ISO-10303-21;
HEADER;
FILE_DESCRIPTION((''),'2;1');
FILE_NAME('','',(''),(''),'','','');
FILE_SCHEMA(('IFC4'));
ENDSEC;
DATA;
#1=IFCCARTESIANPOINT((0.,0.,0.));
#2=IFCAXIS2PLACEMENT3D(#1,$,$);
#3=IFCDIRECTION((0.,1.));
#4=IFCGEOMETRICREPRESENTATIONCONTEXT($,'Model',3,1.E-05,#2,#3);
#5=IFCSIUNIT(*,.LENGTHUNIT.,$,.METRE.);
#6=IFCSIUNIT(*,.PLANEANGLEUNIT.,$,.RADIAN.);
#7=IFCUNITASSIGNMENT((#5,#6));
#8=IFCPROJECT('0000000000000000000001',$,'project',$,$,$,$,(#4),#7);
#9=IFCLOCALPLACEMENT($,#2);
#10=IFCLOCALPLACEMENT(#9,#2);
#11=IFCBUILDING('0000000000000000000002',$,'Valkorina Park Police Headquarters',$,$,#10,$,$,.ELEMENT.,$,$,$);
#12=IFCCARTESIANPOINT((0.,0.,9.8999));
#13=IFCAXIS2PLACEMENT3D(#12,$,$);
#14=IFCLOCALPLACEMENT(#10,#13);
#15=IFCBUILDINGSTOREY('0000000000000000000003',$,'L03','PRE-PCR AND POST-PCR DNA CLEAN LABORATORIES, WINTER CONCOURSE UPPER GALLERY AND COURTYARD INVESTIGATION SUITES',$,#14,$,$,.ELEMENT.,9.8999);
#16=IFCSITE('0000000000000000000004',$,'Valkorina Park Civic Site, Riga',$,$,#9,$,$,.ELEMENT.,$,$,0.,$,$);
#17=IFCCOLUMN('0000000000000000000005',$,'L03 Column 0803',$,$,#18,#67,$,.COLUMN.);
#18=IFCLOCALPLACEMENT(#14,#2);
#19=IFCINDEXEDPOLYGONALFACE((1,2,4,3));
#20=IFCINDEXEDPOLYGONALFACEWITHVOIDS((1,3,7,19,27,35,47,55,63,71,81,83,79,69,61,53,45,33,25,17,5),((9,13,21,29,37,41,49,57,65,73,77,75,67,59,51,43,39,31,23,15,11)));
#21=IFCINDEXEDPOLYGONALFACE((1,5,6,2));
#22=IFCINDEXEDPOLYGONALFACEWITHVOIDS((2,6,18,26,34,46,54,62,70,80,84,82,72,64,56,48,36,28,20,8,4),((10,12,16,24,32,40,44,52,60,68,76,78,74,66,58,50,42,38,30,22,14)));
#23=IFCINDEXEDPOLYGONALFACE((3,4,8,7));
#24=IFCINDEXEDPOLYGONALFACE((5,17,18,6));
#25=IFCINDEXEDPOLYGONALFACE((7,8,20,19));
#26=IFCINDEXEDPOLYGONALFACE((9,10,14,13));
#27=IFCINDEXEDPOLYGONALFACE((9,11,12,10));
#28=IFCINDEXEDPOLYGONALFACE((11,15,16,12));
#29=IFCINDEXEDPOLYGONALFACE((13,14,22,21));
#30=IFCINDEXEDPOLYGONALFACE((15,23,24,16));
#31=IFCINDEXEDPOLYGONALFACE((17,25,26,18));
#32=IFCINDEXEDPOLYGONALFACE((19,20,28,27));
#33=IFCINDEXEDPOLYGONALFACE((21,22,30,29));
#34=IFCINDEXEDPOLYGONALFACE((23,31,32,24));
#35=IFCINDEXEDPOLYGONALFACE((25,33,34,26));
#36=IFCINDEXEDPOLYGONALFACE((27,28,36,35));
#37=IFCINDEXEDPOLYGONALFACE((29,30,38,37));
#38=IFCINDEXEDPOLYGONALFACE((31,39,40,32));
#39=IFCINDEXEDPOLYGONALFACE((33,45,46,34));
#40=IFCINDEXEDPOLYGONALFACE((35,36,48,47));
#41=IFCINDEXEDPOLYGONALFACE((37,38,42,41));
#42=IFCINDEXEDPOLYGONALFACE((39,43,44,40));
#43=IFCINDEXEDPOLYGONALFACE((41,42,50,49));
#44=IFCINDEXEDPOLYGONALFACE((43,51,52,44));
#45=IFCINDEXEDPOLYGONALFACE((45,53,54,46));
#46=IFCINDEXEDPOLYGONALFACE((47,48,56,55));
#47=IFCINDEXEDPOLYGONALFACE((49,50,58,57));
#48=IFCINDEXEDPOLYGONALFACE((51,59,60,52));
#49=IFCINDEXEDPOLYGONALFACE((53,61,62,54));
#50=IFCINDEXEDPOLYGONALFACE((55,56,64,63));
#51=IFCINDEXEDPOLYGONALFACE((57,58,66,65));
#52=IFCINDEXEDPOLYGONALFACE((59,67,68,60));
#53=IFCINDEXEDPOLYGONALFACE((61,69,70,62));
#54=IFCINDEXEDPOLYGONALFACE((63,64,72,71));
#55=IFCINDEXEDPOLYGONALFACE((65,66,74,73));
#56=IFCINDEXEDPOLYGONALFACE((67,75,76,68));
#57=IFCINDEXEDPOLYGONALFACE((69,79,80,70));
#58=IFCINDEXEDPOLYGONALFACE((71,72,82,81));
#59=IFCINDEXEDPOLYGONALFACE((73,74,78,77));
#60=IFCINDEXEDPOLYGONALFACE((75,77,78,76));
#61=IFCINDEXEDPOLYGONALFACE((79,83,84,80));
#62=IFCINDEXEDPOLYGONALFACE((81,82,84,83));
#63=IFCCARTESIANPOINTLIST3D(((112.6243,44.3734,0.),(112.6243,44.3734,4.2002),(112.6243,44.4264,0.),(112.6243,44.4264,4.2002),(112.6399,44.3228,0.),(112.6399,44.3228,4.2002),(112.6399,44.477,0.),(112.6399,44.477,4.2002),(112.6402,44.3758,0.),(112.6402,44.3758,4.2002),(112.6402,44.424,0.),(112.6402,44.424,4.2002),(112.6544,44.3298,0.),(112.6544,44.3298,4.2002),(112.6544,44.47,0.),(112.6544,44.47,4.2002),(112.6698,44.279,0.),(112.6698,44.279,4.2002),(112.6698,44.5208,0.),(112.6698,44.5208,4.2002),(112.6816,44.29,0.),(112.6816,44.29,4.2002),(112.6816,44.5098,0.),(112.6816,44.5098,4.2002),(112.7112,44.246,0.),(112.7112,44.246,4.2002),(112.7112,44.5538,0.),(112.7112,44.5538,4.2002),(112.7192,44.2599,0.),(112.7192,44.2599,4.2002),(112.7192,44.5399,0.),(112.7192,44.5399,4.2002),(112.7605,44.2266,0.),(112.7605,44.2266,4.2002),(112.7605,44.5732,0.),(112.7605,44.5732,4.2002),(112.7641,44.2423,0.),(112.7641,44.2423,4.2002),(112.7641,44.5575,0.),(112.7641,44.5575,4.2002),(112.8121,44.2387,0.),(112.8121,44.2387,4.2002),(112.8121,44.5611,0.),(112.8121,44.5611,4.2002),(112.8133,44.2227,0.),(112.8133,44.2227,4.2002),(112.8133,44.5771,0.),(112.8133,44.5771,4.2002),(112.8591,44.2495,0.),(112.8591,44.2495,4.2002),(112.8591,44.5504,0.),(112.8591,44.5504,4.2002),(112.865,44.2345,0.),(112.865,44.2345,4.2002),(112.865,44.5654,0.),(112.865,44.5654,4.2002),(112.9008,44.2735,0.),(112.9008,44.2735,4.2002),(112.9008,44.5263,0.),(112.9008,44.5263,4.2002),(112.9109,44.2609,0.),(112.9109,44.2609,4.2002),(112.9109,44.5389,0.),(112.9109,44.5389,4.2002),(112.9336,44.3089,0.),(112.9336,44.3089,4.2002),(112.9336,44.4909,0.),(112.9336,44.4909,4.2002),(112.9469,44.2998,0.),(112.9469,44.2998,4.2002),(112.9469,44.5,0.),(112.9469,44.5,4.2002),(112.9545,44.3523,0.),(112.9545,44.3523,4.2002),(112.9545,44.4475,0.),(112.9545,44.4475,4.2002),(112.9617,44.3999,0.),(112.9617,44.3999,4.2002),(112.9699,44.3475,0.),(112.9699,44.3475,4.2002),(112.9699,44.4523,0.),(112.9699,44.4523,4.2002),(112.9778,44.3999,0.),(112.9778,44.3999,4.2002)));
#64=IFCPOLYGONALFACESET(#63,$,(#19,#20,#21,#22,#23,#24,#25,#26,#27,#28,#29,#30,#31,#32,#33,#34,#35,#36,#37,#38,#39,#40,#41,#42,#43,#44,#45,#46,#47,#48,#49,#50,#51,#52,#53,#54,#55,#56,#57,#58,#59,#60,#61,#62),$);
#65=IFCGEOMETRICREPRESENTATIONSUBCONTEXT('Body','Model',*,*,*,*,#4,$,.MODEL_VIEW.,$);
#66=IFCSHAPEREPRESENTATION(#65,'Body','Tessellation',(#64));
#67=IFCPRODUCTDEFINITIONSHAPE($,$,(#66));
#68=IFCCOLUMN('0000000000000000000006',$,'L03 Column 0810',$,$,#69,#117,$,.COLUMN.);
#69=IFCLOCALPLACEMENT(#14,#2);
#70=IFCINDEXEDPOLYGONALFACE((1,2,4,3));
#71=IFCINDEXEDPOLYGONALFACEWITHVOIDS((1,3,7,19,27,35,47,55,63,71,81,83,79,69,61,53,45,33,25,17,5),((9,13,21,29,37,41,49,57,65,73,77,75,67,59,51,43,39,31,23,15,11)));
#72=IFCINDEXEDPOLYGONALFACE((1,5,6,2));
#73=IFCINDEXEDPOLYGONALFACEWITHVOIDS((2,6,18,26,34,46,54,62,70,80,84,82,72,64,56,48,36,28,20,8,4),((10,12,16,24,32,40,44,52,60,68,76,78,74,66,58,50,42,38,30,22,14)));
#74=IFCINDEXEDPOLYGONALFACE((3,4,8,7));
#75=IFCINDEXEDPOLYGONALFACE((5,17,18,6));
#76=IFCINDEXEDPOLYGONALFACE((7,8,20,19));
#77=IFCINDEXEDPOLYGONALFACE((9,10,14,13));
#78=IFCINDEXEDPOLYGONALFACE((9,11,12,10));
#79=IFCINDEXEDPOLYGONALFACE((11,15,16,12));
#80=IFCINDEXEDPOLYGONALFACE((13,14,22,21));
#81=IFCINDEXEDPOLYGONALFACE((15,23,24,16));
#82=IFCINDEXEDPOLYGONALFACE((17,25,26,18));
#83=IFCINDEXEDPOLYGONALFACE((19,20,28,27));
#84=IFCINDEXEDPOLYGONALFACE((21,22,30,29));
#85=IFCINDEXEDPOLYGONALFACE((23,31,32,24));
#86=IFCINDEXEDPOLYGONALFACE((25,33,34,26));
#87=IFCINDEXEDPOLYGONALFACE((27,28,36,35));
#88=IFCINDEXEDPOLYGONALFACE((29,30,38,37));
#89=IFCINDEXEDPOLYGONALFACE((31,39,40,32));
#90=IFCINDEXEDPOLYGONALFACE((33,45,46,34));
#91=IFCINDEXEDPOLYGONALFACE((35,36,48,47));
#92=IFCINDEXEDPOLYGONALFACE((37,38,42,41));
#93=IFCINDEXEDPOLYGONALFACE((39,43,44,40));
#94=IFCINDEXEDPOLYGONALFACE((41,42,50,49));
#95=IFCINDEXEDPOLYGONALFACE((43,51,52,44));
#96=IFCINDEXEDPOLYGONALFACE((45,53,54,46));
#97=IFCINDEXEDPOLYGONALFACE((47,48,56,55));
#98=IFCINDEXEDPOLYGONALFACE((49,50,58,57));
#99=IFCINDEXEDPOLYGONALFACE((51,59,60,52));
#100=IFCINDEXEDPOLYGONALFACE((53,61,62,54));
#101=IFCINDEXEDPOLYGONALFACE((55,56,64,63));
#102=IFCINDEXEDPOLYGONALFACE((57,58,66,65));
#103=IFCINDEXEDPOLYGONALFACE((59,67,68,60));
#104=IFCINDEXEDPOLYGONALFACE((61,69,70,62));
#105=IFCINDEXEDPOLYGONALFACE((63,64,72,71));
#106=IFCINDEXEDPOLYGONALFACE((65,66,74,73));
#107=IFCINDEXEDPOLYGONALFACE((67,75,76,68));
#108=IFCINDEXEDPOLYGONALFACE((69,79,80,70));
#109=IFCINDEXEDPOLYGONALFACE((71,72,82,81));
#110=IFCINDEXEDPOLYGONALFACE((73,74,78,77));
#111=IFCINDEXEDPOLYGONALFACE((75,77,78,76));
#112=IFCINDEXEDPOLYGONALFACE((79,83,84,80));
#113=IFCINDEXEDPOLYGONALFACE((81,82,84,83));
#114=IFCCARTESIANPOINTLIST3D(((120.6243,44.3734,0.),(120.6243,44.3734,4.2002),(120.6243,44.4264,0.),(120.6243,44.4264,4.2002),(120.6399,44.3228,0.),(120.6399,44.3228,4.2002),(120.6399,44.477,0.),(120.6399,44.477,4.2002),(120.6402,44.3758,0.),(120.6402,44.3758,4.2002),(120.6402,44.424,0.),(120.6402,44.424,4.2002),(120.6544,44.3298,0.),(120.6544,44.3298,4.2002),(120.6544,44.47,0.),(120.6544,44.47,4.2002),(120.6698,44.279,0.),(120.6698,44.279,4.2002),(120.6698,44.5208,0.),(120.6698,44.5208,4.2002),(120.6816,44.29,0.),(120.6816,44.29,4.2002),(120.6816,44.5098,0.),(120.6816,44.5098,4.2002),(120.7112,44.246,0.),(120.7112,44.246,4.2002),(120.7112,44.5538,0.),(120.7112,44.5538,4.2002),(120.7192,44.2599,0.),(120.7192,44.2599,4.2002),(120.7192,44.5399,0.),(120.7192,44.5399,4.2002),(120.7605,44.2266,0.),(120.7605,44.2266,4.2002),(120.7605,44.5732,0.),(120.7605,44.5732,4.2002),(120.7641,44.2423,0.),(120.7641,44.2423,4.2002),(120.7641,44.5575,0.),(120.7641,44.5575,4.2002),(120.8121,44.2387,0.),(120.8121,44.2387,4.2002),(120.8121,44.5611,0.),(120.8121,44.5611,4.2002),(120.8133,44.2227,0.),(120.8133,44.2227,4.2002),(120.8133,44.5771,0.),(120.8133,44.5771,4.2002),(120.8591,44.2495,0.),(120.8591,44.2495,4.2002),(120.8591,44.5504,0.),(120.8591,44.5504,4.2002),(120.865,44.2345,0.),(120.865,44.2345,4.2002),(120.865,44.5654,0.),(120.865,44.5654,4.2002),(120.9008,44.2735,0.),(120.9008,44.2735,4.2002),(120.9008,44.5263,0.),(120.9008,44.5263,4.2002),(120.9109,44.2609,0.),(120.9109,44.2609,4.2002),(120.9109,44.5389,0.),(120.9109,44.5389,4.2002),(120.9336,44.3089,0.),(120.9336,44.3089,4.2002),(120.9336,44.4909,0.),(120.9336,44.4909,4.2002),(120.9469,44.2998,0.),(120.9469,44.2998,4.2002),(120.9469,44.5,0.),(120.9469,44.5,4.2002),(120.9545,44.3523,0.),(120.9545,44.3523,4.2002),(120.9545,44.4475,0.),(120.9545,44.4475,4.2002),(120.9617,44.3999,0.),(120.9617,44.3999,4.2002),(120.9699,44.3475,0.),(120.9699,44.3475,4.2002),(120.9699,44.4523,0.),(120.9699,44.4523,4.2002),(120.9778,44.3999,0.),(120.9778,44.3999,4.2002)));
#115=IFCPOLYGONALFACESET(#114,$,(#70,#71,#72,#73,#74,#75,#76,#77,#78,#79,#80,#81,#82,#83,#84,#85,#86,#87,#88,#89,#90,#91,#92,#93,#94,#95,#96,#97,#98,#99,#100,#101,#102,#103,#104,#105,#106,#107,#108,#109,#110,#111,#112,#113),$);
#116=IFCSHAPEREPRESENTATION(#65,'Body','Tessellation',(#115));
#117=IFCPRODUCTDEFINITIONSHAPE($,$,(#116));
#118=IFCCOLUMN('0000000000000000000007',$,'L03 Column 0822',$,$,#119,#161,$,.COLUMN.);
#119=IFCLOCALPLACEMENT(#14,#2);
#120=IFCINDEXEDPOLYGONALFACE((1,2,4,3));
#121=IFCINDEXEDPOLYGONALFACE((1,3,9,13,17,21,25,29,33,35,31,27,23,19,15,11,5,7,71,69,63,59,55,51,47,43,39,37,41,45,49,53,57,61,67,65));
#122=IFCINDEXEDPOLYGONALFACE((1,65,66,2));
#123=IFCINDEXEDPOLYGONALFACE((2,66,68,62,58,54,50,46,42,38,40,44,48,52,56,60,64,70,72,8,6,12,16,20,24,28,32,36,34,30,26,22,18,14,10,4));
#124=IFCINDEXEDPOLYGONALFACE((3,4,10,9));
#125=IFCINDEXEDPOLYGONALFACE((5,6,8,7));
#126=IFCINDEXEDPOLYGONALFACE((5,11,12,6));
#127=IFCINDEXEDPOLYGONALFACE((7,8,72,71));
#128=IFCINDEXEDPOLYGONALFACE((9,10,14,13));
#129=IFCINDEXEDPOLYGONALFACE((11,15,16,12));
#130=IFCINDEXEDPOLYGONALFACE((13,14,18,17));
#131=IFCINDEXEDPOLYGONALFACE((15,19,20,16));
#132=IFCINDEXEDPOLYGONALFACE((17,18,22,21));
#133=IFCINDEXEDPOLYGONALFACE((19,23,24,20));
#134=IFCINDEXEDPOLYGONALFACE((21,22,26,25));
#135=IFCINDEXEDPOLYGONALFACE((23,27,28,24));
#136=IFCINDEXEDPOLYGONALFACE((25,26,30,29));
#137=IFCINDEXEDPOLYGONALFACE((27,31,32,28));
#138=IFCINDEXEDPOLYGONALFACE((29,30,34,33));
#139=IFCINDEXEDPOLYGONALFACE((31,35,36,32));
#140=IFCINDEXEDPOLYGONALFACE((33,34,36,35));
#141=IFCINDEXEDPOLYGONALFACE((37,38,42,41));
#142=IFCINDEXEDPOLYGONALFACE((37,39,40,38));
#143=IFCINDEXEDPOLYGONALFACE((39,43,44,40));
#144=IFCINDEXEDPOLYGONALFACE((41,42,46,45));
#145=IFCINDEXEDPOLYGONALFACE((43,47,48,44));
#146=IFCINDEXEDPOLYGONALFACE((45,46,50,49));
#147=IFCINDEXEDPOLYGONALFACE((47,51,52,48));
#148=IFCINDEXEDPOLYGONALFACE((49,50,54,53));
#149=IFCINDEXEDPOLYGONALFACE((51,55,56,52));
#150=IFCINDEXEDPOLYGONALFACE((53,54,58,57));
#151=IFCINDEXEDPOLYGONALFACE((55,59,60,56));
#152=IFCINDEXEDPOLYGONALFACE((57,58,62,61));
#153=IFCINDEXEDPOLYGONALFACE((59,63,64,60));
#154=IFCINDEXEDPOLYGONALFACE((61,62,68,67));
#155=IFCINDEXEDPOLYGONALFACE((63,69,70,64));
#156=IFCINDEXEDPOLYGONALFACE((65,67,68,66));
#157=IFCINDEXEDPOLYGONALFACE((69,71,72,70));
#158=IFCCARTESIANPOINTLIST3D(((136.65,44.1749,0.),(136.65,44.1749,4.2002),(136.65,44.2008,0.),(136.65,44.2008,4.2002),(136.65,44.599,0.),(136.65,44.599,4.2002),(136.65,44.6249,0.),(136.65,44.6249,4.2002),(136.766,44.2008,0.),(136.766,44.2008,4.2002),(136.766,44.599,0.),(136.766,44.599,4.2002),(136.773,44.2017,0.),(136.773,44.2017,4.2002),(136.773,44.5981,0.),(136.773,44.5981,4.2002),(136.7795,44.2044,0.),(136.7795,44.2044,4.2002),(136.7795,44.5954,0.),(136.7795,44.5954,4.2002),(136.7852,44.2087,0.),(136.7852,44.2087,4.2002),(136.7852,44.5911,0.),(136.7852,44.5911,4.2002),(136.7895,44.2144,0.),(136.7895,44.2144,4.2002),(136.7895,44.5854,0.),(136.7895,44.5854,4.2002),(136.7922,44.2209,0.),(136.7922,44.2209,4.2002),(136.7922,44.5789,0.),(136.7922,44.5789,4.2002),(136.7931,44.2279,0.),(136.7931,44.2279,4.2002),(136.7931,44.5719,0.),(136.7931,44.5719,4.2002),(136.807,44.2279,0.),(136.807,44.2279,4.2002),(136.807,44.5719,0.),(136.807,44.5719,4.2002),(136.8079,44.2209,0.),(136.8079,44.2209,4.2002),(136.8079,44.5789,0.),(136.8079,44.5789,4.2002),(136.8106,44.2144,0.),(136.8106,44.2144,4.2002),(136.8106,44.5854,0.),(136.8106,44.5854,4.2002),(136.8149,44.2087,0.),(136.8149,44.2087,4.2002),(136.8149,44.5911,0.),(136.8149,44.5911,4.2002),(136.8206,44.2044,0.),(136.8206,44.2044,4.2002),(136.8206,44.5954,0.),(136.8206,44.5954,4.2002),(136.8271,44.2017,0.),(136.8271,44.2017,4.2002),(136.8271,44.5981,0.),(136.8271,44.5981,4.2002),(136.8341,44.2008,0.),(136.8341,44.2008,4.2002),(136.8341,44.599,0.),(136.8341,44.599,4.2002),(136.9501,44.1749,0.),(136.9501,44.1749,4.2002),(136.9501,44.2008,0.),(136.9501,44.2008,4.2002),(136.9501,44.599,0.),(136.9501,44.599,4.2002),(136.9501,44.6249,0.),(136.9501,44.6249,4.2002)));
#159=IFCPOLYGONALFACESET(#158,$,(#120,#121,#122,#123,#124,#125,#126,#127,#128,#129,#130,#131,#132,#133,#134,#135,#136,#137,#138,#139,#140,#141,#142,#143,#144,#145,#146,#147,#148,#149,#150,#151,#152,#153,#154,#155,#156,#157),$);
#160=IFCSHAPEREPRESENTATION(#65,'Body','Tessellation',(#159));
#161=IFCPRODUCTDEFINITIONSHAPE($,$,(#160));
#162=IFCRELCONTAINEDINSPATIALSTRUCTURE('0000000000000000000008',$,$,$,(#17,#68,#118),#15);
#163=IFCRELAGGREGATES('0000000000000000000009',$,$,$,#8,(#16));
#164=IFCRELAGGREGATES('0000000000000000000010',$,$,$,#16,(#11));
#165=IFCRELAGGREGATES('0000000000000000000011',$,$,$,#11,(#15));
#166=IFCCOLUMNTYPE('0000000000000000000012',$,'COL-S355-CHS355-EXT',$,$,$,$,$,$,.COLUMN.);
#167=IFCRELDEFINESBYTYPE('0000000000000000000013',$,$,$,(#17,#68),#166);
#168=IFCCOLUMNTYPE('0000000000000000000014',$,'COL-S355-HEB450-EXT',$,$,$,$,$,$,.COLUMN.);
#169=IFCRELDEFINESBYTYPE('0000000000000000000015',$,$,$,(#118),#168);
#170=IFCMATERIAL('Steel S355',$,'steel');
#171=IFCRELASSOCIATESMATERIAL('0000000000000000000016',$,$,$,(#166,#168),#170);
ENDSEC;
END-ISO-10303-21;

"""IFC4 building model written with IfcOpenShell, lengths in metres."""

from ifc_helpers import new_model, si_unit, direction, frame, origin, origin_2d, place, context, subcontext, project, spatial, hollow_circle, i_section, extrude, material, material_profile, profile_set, type_object, element, save


model = new_model("IFC4")

# Units and contexts
model_context = context("Model", 3, precision=1e-05, world=origin(), true_north=direction((0.0, 1.0)))
body_context = subcontext(model_context, "Body", "Model", "MODEL_VIEW")
ifc_project = project(units=[si_unit("LENGTHUNIT", "METRE"), si_unit("PLANEANGLEUNIT", "RADIAN")], contexts=[model_context])

# Site, building, storey
site_placement = place(None, origin())
site = spatial("IfcSite", under=ifc_project, at=site_placement, Name="Valkorina Park Civic Site, Riga", CompositionType="ELEMENT", RefElevation=0.0)
building_placement = place(site_placement, origin())
building = spatial("IfcBuilding", under=site, at=building_placement, Name="Valkorina Park Police Headquarters", CompositionType="ELEMENT")
storey_placement = place(building_placement, frame((0.0, 0.0, 9.8999)))
storey = spatial("IfcBuildingStorey", under=building, at=storey_placement, Name="L03", Description="PRE-PCR AND POST-PCR DNA CLEAN LABORATORIES, WINTER CONCOURSE UPPER GALLERY AND COURTYARD INVESTIGATION SUITES", CompositionType="ELEMENT", Elevation=9.8999)

# Columns
ifc_material_1 = material(Name="Steel S355", Category="steel")
ifc_material_profile_1 = material_profile(ifc_material_1, hollow_circle(Radius=0.1777, WallThickness=0.0161, at=origin_2d()), Name="CHS 355.6x16")
ifc_profile_set_1 = profile_set([ifc_material_profile_1], Name="Steel S355")
column_type_1 = type_object("IfcColumnType", Name="COL-S355-CHS355-EXT", PredefinedType="COLUMN", material=ifc_profile_set_1)
for number, where, z_axis, x_axis, name in (
    (1, (112.8, 44.3999, 0.0), (0.0, 0.0, 1.0), (1.0, 0.0, 0.0), "L03 Column 0803"),
    (2, (120.8, 44.3999, 0.0), (0.0, 0.0, 1.0), (1.0, 0.0, 0.0), "L03 Column 0810"),
):
    element("IfcColumn", number, at=place(storey_placement, frame(where, z_axis=z_axis, x_axis=x_axis)), inside=storey, type_object=column_type_1, Name=name, PredefinedType="COLUMN", context=body_context, shape_type="SweptSolid", body=[
        extrude(hollow_circle(Radius=0.1777, WallThickness=0.0161, at=origin_2d()), origin(), (0.0, 0.0, 1.0), 4.2002),
    ])
ifc_material_profile_2 = material_profile(ifc_material_1, i_section(OverallWidth=0.3, OverallDepth=0.45, WebThickness=0.0139, FlangeThickness=0.0259, FilletRadius=0.0271, at=origin_2d()), Name="HEB 450")
ifc_profile_set_2 = profile_set([ifc_material_profile_2], Name="Steel S355")
column_type_2 = type_object("IfcColumnType", Name="COL-S355-HEB450-EXT", PredefinedType="COLUMN", material=ifc_profile_set_2)
column_placement = place(storey_placement, frame((136.8, 44.3999, 0.0), z_axis=(0.0, 0.0, 1.0), x_axis=(1.0, 0.0, 0.0)))
element("IfcColumn", 3, at=column_placement, inside=storey, type_object=column_type_2, Name="L03 Column 0822", PredefinedType="COLUMN", context=body_context, shape_type="SweptSolid", body=[
    extrude(i_section(OverallWidth=0.3, OverallDepth=0.45, WebThickness=0.0139, FlangeThickness=0.0259, FilletRadius=0.0271, at=origin_2d()), origin(), (0.0, 0.0, 1.0), 4.2002),
])

save(model, "model.ifc")
